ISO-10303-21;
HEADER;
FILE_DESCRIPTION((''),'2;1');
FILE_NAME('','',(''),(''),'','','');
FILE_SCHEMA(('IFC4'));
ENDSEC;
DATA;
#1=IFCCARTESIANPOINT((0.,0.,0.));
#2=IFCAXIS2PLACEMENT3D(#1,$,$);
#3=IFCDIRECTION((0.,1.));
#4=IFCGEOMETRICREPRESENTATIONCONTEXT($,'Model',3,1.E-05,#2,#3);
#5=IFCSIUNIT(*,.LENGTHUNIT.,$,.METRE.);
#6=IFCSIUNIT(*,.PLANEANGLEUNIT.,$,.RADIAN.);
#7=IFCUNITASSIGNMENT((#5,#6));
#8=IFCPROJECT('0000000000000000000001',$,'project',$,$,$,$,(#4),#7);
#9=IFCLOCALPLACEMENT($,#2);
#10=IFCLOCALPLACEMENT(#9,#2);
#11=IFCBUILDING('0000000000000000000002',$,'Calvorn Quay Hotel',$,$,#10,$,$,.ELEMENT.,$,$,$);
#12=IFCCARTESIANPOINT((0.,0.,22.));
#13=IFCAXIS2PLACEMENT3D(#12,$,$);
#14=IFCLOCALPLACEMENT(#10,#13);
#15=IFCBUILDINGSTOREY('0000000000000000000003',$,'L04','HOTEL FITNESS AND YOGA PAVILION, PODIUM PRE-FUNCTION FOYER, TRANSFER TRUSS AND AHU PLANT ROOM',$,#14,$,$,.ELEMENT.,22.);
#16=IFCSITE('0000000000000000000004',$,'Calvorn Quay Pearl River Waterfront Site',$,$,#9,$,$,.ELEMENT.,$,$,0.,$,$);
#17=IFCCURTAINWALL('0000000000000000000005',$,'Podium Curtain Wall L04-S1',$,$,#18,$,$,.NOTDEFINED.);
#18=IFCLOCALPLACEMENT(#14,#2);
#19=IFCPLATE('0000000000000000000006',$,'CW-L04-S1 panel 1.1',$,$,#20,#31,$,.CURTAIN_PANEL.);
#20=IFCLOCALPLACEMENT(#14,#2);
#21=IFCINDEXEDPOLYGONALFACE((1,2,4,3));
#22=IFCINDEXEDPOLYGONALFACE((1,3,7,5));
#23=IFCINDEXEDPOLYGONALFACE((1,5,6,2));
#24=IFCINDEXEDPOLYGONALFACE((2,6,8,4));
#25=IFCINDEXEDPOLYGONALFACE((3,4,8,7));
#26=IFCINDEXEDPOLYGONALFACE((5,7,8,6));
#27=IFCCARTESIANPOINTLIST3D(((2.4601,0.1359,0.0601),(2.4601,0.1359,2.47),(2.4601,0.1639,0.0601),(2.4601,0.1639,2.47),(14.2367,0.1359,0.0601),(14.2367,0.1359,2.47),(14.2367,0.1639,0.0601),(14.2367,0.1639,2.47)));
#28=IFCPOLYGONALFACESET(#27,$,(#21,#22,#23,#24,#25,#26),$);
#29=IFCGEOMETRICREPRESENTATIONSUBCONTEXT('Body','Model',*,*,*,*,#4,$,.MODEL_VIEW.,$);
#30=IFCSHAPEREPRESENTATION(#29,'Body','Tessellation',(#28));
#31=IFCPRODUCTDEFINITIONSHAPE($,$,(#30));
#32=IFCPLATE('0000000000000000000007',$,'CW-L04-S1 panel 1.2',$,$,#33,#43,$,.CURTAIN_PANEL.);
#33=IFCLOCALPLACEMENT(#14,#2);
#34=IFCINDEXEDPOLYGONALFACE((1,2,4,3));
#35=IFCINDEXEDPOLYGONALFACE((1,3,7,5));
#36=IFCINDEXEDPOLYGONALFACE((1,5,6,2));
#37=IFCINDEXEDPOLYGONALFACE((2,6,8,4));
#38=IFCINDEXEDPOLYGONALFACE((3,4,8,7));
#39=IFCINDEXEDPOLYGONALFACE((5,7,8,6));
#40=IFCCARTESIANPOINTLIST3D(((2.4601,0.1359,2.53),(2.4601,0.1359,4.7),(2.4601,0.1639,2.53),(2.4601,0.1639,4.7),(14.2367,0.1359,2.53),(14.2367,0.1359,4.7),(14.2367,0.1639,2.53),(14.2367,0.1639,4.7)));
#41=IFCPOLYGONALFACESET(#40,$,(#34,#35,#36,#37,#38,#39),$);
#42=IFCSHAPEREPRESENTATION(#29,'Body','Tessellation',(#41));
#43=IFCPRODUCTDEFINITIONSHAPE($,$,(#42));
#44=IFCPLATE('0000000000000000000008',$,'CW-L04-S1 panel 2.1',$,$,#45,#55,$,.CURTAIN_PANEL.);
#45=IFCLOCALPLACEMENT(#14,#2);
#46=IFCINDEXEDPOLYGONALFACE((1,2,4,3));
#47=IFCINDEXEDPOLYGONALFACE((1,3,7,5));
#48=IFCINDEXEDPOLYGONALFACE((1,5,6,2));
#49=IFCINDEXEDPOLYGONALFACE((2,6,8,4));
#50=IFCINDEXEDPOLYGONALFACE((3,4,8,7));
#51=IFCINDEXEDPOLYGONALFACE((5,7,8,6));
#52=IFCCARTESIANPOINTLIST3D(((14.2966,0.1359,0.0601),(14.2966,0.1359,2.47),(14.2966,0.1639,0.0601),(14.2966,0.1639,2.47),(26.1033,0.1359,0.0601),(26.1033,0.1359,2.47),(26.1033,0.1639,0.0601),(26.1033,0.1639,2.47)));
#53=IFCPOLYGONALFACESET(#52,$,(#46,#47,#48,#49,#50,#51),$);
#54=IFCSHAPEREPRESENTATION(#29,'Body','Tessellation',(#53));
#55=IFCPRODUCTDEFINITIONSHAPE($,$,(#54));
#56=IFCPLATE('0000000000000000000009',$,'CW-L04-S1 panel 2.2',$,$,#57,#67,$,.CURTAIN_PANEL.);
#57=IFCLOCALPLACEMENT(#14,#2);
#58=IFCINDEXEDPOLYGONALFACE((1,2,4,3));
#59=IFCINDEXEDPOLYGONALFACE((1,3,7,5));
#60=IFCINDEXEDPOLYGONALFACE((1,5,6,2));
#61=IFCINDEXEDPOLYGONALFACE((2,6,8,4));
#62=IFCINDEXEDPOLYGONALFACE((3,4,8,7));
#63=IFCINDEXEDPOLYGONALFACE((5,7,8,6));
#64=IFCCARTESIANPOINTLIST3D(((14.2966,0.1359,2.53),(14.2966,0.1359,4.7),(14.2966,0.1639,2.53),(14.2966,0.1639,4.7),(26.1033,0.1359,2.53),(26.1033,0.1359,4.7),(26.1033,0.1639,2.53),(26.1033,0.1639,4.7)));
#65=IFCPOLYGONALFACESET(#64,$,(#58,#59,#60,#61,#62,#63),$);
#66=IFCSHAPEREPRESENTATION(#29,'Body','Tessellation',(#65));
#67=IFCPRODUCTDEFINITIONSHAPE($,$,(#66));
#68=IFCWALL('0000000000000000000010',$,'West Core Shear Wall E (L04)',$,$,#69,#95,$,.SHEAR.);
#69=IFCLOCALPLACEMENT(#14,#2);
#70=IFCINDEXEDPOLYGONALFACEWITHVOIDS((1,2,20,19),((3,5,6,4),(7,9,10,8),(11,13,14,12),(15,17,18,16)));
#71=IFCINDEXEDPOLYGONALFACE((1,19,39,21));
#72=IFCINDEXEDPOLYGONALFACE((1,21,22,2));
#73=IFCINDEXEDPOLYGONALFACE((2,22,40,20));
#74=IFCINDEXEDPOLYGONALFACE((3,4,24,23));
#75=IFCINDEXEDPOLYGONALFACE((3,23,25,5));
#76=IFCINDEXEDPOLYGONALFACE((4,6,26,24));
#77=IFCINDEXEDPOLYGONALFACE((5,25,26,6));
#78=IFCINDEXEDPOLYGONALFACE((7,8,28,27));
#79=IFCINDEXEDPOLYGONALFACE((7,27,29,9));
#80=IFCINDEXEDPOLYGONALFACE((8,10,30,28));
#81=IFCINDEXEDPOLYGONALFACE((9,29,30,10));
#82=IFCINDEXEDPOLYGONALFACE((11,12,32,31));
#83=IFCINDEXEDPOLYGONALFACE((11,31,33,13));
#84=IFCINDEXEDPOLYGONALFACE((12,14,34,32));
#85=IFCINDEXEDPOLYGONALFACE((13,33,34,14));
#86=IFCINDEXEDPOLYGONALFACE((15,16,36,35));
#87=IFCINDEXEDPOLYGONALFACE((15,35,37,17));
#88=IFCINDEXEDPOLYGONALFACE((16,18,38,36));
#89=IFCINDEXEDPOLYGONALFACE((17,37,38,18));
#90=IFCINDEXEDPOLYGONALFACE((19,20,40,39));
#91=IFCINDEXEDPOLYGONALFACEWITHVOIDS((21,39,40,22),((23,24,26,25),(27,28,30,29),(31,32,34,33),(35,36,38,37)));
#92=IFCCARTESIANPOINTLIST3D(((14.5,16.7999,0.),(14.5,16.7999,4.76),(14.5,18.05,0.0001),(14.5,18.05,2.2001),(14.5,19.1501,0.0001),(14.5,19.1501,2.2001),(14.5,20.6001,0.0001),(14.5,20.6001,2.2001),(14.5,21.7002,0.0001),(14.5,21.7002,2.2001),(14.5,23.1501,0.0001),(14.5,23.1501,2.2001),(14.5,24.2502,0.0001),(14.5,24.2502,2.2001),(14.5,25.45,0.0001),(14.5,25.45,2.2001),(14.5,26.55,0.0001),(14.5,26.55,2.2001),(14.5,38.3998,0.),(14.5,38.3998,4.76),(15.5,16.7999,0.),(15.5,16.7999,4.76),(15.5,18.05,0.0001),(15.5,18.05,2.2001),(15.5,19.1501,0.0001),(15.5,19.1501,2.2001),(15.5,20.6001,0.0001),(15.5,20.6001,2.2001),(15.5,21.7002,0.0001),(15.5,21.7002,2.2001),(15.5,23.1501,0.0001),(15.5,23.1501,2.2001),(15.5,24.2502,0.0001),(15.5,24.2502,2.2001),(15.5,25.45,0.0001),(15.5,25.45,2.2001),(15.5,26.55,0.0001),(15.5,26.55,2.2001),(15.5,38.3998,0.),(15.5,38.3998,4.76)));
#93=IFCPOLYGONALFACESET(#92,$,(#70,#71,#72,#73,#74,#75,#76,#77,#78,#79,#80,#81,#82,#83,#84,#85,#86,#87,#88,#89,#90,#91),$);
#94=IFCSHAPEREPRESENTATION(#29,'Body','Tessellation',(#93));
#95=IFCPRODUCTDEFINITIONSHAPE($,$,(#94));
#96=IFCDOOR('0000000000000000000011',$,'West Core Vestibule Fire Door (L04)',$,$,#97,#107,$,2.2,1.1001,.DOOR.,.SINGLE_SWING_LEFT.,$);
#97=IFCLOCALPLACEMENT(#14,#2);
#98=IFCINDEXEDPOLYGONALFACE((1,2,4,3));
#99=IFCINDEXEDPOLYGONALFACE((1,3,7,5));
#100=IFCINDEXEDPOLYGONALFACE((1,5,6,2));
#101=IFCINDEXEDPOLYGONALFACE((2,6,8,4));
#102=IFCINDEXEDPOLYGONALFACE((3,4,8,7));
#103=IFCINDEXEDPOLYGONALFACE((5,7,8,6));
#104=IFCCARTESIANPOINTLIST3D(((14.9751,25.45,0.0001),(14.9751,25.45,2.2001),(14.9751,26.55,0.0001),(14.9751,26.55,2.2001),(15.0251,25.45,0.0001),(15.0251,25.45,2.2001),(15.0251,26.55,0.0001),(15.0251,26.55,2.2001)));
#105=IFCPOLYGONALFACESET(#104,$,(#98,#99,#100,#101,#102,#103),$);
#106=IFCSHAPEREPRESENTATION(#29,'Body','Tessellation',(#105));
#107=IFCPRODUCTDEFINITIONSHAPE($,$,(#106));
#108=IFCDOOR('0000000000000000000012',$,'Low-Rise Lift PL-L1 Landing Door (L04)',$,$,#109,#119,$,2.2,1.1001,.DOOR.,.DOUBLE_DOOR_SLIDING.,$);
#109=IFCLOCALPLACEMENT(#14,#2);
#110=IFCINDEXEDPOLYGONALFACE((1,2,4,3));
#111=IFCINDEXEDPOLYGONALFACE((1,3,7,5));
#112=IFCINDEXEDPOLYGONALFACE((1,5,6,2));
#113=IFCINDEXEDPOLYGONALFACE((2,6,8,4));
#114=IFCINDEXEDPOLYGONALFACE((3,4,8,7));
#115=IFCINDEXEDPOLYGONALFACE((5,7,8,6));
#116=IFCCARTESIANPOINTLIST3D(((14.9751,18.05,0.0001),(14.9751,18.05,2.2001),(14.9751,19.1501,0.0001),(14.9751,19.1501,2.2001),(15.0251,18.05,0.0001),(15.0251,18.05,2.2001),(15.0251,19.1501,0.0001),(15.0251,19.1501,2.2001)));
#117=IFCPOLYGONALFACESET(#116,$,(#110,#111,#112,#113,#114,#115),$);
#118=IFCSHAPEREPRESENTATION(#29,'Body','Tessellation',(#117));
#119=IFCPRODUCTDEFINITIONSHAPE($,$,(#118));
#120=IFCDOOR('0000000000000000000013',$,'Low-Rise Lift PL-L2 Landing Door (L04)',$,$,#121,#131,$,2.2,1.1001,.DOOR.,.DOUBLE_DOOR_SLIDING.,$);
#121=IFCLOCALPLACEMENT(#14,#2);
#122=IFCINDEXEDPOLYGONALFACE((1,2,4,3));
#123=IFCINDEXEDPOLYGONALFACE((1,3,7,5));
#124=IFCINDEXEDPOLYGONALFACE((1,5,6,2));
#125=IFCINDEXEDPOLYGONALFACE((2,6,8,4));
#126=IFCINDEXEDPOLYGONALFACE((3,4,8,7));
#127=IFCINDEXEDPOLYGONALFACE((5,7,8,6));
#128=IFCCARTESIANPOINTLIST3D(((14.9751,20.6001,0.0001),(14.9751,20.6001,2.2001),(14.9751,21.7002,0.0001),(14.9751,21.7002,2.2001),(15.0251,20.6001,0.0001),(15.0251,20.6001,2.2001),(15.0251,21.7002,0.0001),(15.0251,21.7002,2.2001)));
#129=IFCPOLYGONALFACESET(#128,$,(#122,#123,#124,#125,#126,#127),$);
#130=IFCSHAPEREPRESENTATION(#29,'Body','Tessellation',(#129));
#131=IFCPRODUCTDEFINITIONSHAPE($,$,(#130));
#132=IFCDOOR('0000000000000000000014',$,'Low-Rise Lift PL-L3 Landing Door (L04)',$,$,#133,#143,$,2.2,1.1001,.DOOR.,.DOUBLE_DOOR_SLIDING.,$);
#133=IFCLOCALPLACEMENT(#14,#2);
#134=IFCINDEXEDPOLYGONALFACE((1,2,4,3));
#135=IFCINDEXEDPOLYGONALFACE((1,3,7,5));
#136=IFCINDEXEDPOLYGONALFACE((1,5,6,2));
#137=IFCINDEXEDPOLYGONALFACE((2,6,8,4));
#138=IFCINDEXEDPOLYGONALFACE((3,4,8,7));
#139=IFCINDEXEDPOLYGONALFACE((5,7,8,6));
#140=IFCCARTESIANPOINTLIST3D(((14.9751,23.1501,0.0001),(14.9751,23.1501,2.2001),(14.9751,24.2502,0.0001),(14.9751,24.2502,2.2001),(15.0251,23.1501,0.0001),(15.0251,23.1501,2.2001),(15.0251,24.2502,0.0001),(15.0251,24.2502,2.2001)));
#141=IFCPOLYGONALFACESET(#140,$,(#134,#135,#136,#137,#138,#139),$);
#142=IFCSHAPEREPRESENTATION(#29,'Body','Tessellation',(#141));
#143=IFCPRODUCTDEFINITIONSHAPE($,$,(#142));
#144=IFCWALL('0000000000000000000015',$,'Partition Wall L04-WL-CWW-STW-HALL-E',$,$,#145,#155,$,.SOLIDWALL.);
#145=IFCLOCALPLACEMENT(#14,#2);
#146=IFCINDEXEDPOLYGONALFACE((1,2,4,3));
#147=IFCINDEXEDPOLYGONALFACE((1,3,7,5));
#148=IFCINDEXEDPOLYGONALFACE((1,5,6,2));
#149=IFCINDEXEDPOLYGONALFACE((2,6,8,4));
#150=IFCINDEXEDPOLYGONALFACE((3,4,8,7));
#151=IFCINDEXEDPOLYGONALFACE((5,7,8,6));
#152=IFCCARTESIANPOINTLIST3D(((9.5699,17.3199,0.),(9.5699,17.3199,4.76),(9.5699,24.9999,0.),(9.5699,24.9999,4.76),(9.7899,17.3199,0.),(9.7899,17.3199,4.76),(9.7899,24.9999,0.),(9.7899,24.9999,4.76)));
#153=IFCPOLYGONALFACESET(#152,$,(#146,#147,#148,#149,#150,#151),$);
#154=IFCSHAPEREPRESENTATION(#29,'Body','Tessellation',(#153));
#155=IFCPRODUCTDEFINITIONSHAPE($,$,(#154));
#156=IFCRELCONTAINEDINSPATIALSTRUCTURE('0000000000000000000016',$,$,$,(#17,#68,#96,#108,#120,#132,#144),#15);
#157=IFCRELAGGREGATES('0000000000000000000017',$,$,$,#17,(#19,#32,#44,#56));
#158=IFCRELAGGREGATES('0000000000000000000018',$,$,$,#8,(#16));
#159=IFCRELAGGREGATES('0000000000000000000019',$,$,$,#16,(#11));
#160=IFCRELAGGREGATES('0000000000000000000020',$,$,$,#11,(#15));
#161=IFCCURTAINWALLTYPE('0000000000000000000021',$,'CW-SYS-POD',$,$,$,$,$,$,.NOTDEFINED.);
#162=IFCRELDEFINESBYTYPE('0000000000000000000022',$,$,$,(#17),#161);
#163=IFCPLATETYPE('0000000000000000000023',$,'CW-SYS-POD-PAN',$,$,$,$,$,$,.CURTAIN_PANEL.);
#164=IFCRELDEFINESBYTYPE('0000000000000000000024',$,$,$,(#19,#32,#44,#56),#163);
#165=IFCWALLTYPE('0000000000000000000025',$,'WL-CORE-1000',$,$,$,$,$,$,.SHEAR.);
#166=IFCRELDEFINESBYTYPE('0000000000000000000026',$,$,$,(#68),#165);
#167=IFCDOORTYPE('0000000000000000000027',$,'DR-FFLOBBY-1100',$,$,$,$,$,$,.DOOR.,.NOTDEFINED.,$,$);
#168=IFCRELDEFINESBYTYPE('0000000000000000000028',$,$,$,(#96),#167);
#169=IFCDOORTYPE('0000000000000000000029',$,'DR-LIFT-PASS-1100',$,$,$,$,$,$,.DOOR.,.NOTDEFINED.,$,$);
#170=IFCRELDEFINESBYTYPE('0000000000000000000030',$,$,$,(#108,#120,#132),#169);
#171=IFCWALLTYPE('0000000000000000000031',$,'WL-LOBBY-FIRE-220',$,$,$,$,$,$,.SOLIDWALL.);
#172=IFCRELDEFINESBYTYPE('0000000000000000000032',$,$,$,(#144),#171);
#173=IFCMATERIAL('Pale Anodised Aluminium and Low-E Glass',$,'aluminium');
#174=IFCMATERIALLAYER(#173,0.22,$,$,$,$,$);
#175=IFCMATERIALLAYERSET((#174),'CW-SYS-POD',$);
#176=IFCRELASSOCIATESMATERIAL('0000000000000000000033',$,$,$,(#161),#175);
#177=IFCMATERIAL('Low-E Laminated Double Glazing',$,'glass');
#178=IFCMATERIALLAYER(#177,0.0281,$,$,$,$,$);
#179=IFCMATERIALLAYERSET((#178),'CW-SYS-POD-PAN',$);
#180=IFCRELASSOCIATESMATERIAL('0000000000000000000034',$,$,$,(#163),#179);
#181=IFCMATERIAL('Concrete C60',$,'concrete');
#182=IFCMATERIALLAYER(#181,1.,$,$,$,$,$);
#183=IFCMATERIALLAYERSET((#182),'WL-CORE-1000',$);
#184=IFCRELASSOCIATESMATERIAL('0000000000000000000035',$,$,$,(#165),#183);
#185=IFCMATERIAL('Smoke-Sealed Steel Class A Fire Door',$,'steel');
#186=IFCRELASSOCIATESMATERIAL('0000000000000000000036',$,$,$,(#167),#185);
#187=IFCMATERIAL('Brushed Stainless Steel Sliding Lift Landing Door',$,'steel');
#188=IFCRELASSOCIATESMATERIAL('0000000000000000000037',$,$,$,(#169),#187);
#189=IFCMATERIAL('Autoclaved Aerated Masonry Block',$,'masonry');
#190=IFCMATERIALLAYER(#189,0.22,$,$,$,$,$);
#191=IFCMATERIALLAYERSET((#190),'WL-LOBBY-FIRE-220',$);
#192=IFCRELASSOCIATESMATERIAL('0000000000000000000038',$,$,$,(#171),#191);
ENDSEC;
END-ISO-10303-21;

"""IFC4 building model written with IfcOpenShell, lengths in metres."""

from ifc_helpers import new_model, si_unit, direction, frame, frame_2d, origin, origin_2d, place, context, subcontext, project, spatial, rectangle, extrude, material, layer, layer_set, type_object, element, fill, aggregate, save


model = new_model("IFC4")

# Units and contexts
model_context = context("Model", 3, precision=1e-05, world=origin(), true_north=direction((0.0, 1.0)))
body_context = subcontext(model_context, "Body", "Model", "MODEL_VIEW")
ifc_project = project(units=[si_unit("LENGTHUNIT", "METRE"), si_unit("PLANEANGLEUNIT", "RADIAN")], contexts=[model_context])

# Site, building, storey
site_placement = place(None, origin())
site = spatial("IfcSite", under=ifc_project, at=site_placement, Name="Calvorn Quay Pearl River Waterfront Site", CompositionType="ELEMENT", RefElevation=0.0)
building_placement = place(site_placement, origin())
building = spatial("IfcBuilding", under=site, at=building_placement, Name="Calvorn Quay Hotel", CompositionType="ELEMENT")
storey_placement = place(building_placement, frame((0.0, 0.0, 22.0)))
storey = spatial("IfcBuildingStorey", under=building, at=storey_placement, Name="L04", Description="HOTEL FITNESS AND YOGA PAVILION, PODIUM PRE-FUNCTION FOYER, TRANSFER TRUSS AND AHU PLANT ROOM", CompositionType="ELEMENT", Elevation=22.0)

# Curtain wall, plates
ifc_material_1 = material(Name="Pale Anodised Aluminium and Low-E Glass", Category="aluminium")
ifc_layer_1 = layer(ifc_material_1, 0.22)
ifc_layer_set_1 = layer_set([ifc_layer_1], Name="CW-SYS-POD")
curtain_wall_type = type_object("IfcCurtainWallType", Name="CW-SYS-POD", PredefinedType="NOTDEFINED", material=ifc_layer_set_1)
curtain_wall_placement = place(storey_placement, origin())
curtain_wall = element("IfcCurtainWall", 1, at=curtain_wall_placement, inside=storey, type_object=curtain_wall_type, Name="Podium Curtain Wall L04-S1", PredefinedType="NOTDEFINED")
ifc_material_2 = material(Name="Low-E Laminated Double Glazing", Category="glass")
ifc_layer_2 = layer(ifc_material_2, 0.0281)
ifc_layer_set_2 = layer_set([ifc_layer_2], Name="CW-SYS-POD-PAN")
plate_type = type_object("IfcPlateType", Name="CW-SYS-POD-PAN", PredefinedType="CURTAIN_PANEL", material=ifc_layer_set_2)
plate_1_placement = place(storey_placement, frame((8.3484, 0.1499, 0.0601), z_axis=(0.0, 0.0, 1.0), x_axis=(1.0, 0.0, 0.0)))
plate_1 = element("IfcPlate", 2, at=plate_1_placement, type_object=plate_type, Name="CW-L04-S1 panel 1.1", PredefinedType="CURTAIN_PANEL", context=body_context, shape_type="SweptSolid", body=[
    extrude(rectangle(XDim=11.7766, YDim=0.0281, at=origin_2d()), origin(), (0.0, 0.0, 1.0), 2.4099),
])
plate_2_placement = place(storey_placement, frame((8.3484, 0.1499, 2.53), z_axis=(0.0, 0.0, 1.0), x_axis=(1.0, 0.0, 0.0)))
plate_2 = element("IfcPlate", 3, at=plate_2_placement, type_object=plate_type, Name="CW-L04-S1 panel 1.2", PredefinedType="CURTAIN_PANEL", context=body_context, shape_type="SweptSolid", body=[
    extrude(rectangle(XDim=11.7766, YDim=0.0281, at=origin_2d()), origin(), (0.0, 0.0, 1.0), 2.1699),
])
plate_3_placement = place(storey_placement, frame((20.2, 0.1499, 0.0601), z_axis=(0.0, 0.0, 1.0), x_axis=(1.0, 0.0, 0.0)))
plate_3 = element("IfcPlate", 4, at=plate_3_placement, type_object=plate_type, Name="CW-L04-S1 panel 2.1", PredefinedType="CURTAIN_PANEL", context=body_context, shape_type="SweptSolid", body=[
    extrude(rectangle(XDim=11.8066, YDim=0.0281, at=origin_2d()), origin(), (0.0, 0.0, 1.0), 2.4099),
])
plate_4_placement = place(storey_placement, frame((20.2, 0.1499, 2.53), z_axis=(0.0, 0.0, 1.0), x_axis=(1.0, 0.0, 0.0)))
plate_4 = element("IfcPlate", 5, at=plate_4_placement, type_object=plate_type, Name="CW-L04-S1 panel 2.2", PredefinedType="CURTAIN_PANEL", context=body_context, shape_type="SweptSolid", body=[
    extrude(rectangle(XDim=11.8066, YDim=0.0281, at=origin_2d()), origin(), (0.0, 0.0, 1.0), 2.1699),
])
aggregate(curtain_wall, [plate_1, plate_2, plate_3, plate_4])

# Wall, openings, doors
ifc_material_3 = material(Name="Concrete C60", Category="concrete")
ifc_layer_3 = layer(ifc_material_3, 1.0)
ifc_layer_set_3 = layer_set([ifc_layer_3], Name="WL-CORE-1000")
wall_type_1 = type_object("IfcWallType", Name="WL-CORE-1000", PredefinedType="SHEAR", material=ifc_layer_set_3)
wall_1_placement = place(storey_placement, frame((15.0, 16.8, 0.0), z_axis=(0.0, 0.0, 1.0), x_axis=(0.0, 1.0, 0.0)))
wall_1 = element("IfcWall", 6, at=wall_1_placement, inside=storey, type_object=wall_type_1, Name="West Core Shear Wall E (L04)", PredefinedType="SHEAR", context=body_context, shape_type="SweptSolid", body=[
    extrude(rectangle(XDim=21.5999, YDim=1.0, at=frame_2d((10.7998, 0.0))), origin(), (0.0, 0.0, 1.0), 4.76),
])
opening_1_placement = place(wall_1_placement, frame((8.6499, 0.0, 0.0)))
opening_1 = element("IfcOpeningElement", 7, at=opening_1_placement, cuts=wall_1, PredefinedType="OPENING", context=body_context, shape_type="SweptSolid", body=[
    extrude(rectangle(XDim=1.1001, YDim=2.2, at=frame_2d((0.55, 1.1001))), frame((0.0, 0.51, 0.0), z_axis=(0.0, -1.0, 0.0), x_axis=(1.0, 0.0, 0.0)), (0.0, 0.0, 1.0), 1.02),
])
opening_2_placement = place(wall_1_placement, frame((1.25, 0.0, 0.0)))
opening_2 = element("IfcOpeningElement", 8, at=opening_2_placement, cuts=wall_1, PredefinedType="OPENING", context=body_context, shape_type="SweptSolid", body=[
    extrude(rectangle(XDim=1.1001, YDim=2.2, at=frame_2d((0.55, 1.1001))), frame((0.0, 0.51, 0.0), z_axis=(0.0, -1.0, 0.0), x_axis=(1.0, 0.0, 0.0)), (0.0, 0.0, 1.0), 1.02),
])
opening_3_placement = place(wall_1_placement, frame((3.8, 0.0, 0.0)))
opening_3 = element("IfcOpeningElement", 9, at=opening_3_placement, cuts=wall_1, PredefinedType="OPENING", context=body_context, shape_type="SweptSolid", body=[
    extrude(rectangle(XDim=1.1001, YDim=2.2, at=frame_2d((0.55, 1.1001))), frame((0.0, 0.51, 0.0), z_axis=(0.0, -1.0, 0.0), x_axis=(1.0, 0.0, 0.0)), (0.0, 0.0, 1.0), 1.02),
])
opening_4_placement = place(wall_1_placement, frame((6.3501, 0.0, 0.0)))
opening_4 = element("IfcOpeningElement", 10, at=opening_4_placement, cuts=wall_1, PredefinedType="OPENING", context=body_context, shape_type="SweptSolid", body=[
    extrude(rectangle(XDim=1.1001, YDim=2.2, at=frame_2d((0.55, 1.1001))), frame((0.0, 0.51, 0.0), z_axis=(0.0, -1.0, 0.0), x_axis=(1.0, 0.0, 0.0)), (0.0, 0.0, 1.0), 1.02),
])
ifc_material_4 = material(Name="Smoke-Sealed Steel Class A Fire Door", Category="steel")
door_type_1 = type_object("IfcDoorType", Name="DR-FFLOBBY-1100", OperationType="NOTDEFINED", PredefinedType="DOOR", material=ifc_material_4)
door_1_placement = place(opening_1_placement, origin())
door_1 = element("IfcDoor", 11, at=door_1_placement, inside=storey, type_object=door_type_1, Name="West Core Vestibule Fire Door (L04)", OperationType="SINGLE_SWING_LEFT", OverallHeight=2.2, OverallWidth=1.1001, PredefinedType="DOOR", context=body_context, shape_type="SweptSolid", body=[
    extrude(rectangle(XDim=1.1001, YDim=2.2, at=frame_2d((0.55, 1.1001))), frame((0.0, 0.0249, 0.0), z_axis=(0.0, -1.0, 0.0), x_axis=(1.0, 0.0, 0.0)), (0.0, 0.0, 1.0), 0.05),
])
fill(opening_1, door_1)
ifc_material_5 = material(Name="Brushed Stainless Steel Sliding Lift Landing Door", Category="steel")
door_type_2 = type_object("IfcDoorType", Name="DR-LIFT-PASS-1100", OperationType="NOTDEFINED", PredefinedType="DOOR", material=ifc_material_5)
door_2_placement = place(opening_2_placement, origin())
door_2 = element("IfcDoor", 12, at=door_2_placement, inside=storey, type_object=door_type_2, Name="Low-Rise Lift PL-L1 Landing Door (L04)", OperationType="DOUBLE_DOOR_SLIDING", OverallHeight=2.2, OverallWidth=1.1001, PredefinedType="DOOR", context=body_context, shape_type="SweptSolid", body=[
    extrude(rectangle(XDim=1.1001, YDim=2.2, at=frame_2d((0.55, 1.1001))), frame((0.0, 0.0249, 0.0), z_axis=(0.0, -1.0, 0.0), x_axis=(1.0, 0.0, 0.0)), (0.0, 0.0, 1.0), 0.05),
])
fill(opening_2, door_2)
door_3_placement = place(opening_3_placement, origin())
door_3 = element("IfcDoor", 13, at=door_3_placement, inside=storey, type_object=door_type_2, Name="Low-Rise Lift PL-L2 Landing Door (L04)", OperationType="DOUBLE_DOOR_SLIDING", OverallHeight=2.2, OverallWidth=1.1001, PredefinedType="DOOR", context=body_context, shape_type="SweptSolid", body=[
    extrude(rectangle(XDim=1.1001, YDim=2.2, at=frame_2d((0.55, 1.1001))), frame((0.0, 0.0249, 0.0), z_axis=(0.0, -1.0, 0.0), x_axis=(1.0, 0.0, 0.0)), (0.0, 0.0, 1.0), 0.05),
])
fill(opening_3, door_3)
door_4_placement = place(opening_4_placement, origin())
door_4 = element("IfcDoor", 14, at=door_4_placement, inside=storey, type_object=door_type_2, Name="Low-Rise Lift PL-L3 Landing Door (L04)", OperationType="DOUBLE_DOOR_SLIDING", OverallHeight=2.2, OverallWidth=1.1001, PredefinedType="DOOR", context=body_context, shape_type="SweptSolid", body=[
    extrude(rectangle(XDim=1.1001, YDim=2.2, at=frame_2d((0.55, 1.1001))), frame((0.0, 0.0249, 0.0), z_axis=(0.0, -1.0, 0.0), x_axis=(1.0, 0.0, 0.0)), (0.0, 0.0, 1.0), 0.05),
])
fill(opening_4, door_4)

# Wall
ifc_material_6 = material(Name="Autoclaved Aerated Masonry Block", Category="masonry")
ifc_layer_4 = layer(ifc_material_6, 0.22)
ifc_layer_set_4 = layer_set([ifc_layer_4], Name="WL-LOBBY-FIRE-220")
wall_type_2 = type_object("IfcWallType", Name="WL-LOBBY-FIRE-220", PredefinedType="SOLIDWALL", material=ifc_layer_set_4)
wall_2_placement = place(storey_placement, frame((9.6799, 17.3201, 0.0), z_axis=(0.0, 0.0, 1.0), x_axis=(0.0, 1.0, 0.0)))
element("IfcWall", 15, at=wall_2_placement, inside=storey, type_object=wall_type_2, Name="Partition Wall L04-WL-CWW-STW-HALL-E", PredefinedType="SOLIDWALL", context=body_context, shape_type="SweptSolid", body=[
    extrude(rectangle(XDim=7.6799, YDim=0.22, at=frame_2d((3.8398, 0.0))), origin(), (0.0, 0.0, 1.0), 4.76),
])

save(model, "model.ifc")
